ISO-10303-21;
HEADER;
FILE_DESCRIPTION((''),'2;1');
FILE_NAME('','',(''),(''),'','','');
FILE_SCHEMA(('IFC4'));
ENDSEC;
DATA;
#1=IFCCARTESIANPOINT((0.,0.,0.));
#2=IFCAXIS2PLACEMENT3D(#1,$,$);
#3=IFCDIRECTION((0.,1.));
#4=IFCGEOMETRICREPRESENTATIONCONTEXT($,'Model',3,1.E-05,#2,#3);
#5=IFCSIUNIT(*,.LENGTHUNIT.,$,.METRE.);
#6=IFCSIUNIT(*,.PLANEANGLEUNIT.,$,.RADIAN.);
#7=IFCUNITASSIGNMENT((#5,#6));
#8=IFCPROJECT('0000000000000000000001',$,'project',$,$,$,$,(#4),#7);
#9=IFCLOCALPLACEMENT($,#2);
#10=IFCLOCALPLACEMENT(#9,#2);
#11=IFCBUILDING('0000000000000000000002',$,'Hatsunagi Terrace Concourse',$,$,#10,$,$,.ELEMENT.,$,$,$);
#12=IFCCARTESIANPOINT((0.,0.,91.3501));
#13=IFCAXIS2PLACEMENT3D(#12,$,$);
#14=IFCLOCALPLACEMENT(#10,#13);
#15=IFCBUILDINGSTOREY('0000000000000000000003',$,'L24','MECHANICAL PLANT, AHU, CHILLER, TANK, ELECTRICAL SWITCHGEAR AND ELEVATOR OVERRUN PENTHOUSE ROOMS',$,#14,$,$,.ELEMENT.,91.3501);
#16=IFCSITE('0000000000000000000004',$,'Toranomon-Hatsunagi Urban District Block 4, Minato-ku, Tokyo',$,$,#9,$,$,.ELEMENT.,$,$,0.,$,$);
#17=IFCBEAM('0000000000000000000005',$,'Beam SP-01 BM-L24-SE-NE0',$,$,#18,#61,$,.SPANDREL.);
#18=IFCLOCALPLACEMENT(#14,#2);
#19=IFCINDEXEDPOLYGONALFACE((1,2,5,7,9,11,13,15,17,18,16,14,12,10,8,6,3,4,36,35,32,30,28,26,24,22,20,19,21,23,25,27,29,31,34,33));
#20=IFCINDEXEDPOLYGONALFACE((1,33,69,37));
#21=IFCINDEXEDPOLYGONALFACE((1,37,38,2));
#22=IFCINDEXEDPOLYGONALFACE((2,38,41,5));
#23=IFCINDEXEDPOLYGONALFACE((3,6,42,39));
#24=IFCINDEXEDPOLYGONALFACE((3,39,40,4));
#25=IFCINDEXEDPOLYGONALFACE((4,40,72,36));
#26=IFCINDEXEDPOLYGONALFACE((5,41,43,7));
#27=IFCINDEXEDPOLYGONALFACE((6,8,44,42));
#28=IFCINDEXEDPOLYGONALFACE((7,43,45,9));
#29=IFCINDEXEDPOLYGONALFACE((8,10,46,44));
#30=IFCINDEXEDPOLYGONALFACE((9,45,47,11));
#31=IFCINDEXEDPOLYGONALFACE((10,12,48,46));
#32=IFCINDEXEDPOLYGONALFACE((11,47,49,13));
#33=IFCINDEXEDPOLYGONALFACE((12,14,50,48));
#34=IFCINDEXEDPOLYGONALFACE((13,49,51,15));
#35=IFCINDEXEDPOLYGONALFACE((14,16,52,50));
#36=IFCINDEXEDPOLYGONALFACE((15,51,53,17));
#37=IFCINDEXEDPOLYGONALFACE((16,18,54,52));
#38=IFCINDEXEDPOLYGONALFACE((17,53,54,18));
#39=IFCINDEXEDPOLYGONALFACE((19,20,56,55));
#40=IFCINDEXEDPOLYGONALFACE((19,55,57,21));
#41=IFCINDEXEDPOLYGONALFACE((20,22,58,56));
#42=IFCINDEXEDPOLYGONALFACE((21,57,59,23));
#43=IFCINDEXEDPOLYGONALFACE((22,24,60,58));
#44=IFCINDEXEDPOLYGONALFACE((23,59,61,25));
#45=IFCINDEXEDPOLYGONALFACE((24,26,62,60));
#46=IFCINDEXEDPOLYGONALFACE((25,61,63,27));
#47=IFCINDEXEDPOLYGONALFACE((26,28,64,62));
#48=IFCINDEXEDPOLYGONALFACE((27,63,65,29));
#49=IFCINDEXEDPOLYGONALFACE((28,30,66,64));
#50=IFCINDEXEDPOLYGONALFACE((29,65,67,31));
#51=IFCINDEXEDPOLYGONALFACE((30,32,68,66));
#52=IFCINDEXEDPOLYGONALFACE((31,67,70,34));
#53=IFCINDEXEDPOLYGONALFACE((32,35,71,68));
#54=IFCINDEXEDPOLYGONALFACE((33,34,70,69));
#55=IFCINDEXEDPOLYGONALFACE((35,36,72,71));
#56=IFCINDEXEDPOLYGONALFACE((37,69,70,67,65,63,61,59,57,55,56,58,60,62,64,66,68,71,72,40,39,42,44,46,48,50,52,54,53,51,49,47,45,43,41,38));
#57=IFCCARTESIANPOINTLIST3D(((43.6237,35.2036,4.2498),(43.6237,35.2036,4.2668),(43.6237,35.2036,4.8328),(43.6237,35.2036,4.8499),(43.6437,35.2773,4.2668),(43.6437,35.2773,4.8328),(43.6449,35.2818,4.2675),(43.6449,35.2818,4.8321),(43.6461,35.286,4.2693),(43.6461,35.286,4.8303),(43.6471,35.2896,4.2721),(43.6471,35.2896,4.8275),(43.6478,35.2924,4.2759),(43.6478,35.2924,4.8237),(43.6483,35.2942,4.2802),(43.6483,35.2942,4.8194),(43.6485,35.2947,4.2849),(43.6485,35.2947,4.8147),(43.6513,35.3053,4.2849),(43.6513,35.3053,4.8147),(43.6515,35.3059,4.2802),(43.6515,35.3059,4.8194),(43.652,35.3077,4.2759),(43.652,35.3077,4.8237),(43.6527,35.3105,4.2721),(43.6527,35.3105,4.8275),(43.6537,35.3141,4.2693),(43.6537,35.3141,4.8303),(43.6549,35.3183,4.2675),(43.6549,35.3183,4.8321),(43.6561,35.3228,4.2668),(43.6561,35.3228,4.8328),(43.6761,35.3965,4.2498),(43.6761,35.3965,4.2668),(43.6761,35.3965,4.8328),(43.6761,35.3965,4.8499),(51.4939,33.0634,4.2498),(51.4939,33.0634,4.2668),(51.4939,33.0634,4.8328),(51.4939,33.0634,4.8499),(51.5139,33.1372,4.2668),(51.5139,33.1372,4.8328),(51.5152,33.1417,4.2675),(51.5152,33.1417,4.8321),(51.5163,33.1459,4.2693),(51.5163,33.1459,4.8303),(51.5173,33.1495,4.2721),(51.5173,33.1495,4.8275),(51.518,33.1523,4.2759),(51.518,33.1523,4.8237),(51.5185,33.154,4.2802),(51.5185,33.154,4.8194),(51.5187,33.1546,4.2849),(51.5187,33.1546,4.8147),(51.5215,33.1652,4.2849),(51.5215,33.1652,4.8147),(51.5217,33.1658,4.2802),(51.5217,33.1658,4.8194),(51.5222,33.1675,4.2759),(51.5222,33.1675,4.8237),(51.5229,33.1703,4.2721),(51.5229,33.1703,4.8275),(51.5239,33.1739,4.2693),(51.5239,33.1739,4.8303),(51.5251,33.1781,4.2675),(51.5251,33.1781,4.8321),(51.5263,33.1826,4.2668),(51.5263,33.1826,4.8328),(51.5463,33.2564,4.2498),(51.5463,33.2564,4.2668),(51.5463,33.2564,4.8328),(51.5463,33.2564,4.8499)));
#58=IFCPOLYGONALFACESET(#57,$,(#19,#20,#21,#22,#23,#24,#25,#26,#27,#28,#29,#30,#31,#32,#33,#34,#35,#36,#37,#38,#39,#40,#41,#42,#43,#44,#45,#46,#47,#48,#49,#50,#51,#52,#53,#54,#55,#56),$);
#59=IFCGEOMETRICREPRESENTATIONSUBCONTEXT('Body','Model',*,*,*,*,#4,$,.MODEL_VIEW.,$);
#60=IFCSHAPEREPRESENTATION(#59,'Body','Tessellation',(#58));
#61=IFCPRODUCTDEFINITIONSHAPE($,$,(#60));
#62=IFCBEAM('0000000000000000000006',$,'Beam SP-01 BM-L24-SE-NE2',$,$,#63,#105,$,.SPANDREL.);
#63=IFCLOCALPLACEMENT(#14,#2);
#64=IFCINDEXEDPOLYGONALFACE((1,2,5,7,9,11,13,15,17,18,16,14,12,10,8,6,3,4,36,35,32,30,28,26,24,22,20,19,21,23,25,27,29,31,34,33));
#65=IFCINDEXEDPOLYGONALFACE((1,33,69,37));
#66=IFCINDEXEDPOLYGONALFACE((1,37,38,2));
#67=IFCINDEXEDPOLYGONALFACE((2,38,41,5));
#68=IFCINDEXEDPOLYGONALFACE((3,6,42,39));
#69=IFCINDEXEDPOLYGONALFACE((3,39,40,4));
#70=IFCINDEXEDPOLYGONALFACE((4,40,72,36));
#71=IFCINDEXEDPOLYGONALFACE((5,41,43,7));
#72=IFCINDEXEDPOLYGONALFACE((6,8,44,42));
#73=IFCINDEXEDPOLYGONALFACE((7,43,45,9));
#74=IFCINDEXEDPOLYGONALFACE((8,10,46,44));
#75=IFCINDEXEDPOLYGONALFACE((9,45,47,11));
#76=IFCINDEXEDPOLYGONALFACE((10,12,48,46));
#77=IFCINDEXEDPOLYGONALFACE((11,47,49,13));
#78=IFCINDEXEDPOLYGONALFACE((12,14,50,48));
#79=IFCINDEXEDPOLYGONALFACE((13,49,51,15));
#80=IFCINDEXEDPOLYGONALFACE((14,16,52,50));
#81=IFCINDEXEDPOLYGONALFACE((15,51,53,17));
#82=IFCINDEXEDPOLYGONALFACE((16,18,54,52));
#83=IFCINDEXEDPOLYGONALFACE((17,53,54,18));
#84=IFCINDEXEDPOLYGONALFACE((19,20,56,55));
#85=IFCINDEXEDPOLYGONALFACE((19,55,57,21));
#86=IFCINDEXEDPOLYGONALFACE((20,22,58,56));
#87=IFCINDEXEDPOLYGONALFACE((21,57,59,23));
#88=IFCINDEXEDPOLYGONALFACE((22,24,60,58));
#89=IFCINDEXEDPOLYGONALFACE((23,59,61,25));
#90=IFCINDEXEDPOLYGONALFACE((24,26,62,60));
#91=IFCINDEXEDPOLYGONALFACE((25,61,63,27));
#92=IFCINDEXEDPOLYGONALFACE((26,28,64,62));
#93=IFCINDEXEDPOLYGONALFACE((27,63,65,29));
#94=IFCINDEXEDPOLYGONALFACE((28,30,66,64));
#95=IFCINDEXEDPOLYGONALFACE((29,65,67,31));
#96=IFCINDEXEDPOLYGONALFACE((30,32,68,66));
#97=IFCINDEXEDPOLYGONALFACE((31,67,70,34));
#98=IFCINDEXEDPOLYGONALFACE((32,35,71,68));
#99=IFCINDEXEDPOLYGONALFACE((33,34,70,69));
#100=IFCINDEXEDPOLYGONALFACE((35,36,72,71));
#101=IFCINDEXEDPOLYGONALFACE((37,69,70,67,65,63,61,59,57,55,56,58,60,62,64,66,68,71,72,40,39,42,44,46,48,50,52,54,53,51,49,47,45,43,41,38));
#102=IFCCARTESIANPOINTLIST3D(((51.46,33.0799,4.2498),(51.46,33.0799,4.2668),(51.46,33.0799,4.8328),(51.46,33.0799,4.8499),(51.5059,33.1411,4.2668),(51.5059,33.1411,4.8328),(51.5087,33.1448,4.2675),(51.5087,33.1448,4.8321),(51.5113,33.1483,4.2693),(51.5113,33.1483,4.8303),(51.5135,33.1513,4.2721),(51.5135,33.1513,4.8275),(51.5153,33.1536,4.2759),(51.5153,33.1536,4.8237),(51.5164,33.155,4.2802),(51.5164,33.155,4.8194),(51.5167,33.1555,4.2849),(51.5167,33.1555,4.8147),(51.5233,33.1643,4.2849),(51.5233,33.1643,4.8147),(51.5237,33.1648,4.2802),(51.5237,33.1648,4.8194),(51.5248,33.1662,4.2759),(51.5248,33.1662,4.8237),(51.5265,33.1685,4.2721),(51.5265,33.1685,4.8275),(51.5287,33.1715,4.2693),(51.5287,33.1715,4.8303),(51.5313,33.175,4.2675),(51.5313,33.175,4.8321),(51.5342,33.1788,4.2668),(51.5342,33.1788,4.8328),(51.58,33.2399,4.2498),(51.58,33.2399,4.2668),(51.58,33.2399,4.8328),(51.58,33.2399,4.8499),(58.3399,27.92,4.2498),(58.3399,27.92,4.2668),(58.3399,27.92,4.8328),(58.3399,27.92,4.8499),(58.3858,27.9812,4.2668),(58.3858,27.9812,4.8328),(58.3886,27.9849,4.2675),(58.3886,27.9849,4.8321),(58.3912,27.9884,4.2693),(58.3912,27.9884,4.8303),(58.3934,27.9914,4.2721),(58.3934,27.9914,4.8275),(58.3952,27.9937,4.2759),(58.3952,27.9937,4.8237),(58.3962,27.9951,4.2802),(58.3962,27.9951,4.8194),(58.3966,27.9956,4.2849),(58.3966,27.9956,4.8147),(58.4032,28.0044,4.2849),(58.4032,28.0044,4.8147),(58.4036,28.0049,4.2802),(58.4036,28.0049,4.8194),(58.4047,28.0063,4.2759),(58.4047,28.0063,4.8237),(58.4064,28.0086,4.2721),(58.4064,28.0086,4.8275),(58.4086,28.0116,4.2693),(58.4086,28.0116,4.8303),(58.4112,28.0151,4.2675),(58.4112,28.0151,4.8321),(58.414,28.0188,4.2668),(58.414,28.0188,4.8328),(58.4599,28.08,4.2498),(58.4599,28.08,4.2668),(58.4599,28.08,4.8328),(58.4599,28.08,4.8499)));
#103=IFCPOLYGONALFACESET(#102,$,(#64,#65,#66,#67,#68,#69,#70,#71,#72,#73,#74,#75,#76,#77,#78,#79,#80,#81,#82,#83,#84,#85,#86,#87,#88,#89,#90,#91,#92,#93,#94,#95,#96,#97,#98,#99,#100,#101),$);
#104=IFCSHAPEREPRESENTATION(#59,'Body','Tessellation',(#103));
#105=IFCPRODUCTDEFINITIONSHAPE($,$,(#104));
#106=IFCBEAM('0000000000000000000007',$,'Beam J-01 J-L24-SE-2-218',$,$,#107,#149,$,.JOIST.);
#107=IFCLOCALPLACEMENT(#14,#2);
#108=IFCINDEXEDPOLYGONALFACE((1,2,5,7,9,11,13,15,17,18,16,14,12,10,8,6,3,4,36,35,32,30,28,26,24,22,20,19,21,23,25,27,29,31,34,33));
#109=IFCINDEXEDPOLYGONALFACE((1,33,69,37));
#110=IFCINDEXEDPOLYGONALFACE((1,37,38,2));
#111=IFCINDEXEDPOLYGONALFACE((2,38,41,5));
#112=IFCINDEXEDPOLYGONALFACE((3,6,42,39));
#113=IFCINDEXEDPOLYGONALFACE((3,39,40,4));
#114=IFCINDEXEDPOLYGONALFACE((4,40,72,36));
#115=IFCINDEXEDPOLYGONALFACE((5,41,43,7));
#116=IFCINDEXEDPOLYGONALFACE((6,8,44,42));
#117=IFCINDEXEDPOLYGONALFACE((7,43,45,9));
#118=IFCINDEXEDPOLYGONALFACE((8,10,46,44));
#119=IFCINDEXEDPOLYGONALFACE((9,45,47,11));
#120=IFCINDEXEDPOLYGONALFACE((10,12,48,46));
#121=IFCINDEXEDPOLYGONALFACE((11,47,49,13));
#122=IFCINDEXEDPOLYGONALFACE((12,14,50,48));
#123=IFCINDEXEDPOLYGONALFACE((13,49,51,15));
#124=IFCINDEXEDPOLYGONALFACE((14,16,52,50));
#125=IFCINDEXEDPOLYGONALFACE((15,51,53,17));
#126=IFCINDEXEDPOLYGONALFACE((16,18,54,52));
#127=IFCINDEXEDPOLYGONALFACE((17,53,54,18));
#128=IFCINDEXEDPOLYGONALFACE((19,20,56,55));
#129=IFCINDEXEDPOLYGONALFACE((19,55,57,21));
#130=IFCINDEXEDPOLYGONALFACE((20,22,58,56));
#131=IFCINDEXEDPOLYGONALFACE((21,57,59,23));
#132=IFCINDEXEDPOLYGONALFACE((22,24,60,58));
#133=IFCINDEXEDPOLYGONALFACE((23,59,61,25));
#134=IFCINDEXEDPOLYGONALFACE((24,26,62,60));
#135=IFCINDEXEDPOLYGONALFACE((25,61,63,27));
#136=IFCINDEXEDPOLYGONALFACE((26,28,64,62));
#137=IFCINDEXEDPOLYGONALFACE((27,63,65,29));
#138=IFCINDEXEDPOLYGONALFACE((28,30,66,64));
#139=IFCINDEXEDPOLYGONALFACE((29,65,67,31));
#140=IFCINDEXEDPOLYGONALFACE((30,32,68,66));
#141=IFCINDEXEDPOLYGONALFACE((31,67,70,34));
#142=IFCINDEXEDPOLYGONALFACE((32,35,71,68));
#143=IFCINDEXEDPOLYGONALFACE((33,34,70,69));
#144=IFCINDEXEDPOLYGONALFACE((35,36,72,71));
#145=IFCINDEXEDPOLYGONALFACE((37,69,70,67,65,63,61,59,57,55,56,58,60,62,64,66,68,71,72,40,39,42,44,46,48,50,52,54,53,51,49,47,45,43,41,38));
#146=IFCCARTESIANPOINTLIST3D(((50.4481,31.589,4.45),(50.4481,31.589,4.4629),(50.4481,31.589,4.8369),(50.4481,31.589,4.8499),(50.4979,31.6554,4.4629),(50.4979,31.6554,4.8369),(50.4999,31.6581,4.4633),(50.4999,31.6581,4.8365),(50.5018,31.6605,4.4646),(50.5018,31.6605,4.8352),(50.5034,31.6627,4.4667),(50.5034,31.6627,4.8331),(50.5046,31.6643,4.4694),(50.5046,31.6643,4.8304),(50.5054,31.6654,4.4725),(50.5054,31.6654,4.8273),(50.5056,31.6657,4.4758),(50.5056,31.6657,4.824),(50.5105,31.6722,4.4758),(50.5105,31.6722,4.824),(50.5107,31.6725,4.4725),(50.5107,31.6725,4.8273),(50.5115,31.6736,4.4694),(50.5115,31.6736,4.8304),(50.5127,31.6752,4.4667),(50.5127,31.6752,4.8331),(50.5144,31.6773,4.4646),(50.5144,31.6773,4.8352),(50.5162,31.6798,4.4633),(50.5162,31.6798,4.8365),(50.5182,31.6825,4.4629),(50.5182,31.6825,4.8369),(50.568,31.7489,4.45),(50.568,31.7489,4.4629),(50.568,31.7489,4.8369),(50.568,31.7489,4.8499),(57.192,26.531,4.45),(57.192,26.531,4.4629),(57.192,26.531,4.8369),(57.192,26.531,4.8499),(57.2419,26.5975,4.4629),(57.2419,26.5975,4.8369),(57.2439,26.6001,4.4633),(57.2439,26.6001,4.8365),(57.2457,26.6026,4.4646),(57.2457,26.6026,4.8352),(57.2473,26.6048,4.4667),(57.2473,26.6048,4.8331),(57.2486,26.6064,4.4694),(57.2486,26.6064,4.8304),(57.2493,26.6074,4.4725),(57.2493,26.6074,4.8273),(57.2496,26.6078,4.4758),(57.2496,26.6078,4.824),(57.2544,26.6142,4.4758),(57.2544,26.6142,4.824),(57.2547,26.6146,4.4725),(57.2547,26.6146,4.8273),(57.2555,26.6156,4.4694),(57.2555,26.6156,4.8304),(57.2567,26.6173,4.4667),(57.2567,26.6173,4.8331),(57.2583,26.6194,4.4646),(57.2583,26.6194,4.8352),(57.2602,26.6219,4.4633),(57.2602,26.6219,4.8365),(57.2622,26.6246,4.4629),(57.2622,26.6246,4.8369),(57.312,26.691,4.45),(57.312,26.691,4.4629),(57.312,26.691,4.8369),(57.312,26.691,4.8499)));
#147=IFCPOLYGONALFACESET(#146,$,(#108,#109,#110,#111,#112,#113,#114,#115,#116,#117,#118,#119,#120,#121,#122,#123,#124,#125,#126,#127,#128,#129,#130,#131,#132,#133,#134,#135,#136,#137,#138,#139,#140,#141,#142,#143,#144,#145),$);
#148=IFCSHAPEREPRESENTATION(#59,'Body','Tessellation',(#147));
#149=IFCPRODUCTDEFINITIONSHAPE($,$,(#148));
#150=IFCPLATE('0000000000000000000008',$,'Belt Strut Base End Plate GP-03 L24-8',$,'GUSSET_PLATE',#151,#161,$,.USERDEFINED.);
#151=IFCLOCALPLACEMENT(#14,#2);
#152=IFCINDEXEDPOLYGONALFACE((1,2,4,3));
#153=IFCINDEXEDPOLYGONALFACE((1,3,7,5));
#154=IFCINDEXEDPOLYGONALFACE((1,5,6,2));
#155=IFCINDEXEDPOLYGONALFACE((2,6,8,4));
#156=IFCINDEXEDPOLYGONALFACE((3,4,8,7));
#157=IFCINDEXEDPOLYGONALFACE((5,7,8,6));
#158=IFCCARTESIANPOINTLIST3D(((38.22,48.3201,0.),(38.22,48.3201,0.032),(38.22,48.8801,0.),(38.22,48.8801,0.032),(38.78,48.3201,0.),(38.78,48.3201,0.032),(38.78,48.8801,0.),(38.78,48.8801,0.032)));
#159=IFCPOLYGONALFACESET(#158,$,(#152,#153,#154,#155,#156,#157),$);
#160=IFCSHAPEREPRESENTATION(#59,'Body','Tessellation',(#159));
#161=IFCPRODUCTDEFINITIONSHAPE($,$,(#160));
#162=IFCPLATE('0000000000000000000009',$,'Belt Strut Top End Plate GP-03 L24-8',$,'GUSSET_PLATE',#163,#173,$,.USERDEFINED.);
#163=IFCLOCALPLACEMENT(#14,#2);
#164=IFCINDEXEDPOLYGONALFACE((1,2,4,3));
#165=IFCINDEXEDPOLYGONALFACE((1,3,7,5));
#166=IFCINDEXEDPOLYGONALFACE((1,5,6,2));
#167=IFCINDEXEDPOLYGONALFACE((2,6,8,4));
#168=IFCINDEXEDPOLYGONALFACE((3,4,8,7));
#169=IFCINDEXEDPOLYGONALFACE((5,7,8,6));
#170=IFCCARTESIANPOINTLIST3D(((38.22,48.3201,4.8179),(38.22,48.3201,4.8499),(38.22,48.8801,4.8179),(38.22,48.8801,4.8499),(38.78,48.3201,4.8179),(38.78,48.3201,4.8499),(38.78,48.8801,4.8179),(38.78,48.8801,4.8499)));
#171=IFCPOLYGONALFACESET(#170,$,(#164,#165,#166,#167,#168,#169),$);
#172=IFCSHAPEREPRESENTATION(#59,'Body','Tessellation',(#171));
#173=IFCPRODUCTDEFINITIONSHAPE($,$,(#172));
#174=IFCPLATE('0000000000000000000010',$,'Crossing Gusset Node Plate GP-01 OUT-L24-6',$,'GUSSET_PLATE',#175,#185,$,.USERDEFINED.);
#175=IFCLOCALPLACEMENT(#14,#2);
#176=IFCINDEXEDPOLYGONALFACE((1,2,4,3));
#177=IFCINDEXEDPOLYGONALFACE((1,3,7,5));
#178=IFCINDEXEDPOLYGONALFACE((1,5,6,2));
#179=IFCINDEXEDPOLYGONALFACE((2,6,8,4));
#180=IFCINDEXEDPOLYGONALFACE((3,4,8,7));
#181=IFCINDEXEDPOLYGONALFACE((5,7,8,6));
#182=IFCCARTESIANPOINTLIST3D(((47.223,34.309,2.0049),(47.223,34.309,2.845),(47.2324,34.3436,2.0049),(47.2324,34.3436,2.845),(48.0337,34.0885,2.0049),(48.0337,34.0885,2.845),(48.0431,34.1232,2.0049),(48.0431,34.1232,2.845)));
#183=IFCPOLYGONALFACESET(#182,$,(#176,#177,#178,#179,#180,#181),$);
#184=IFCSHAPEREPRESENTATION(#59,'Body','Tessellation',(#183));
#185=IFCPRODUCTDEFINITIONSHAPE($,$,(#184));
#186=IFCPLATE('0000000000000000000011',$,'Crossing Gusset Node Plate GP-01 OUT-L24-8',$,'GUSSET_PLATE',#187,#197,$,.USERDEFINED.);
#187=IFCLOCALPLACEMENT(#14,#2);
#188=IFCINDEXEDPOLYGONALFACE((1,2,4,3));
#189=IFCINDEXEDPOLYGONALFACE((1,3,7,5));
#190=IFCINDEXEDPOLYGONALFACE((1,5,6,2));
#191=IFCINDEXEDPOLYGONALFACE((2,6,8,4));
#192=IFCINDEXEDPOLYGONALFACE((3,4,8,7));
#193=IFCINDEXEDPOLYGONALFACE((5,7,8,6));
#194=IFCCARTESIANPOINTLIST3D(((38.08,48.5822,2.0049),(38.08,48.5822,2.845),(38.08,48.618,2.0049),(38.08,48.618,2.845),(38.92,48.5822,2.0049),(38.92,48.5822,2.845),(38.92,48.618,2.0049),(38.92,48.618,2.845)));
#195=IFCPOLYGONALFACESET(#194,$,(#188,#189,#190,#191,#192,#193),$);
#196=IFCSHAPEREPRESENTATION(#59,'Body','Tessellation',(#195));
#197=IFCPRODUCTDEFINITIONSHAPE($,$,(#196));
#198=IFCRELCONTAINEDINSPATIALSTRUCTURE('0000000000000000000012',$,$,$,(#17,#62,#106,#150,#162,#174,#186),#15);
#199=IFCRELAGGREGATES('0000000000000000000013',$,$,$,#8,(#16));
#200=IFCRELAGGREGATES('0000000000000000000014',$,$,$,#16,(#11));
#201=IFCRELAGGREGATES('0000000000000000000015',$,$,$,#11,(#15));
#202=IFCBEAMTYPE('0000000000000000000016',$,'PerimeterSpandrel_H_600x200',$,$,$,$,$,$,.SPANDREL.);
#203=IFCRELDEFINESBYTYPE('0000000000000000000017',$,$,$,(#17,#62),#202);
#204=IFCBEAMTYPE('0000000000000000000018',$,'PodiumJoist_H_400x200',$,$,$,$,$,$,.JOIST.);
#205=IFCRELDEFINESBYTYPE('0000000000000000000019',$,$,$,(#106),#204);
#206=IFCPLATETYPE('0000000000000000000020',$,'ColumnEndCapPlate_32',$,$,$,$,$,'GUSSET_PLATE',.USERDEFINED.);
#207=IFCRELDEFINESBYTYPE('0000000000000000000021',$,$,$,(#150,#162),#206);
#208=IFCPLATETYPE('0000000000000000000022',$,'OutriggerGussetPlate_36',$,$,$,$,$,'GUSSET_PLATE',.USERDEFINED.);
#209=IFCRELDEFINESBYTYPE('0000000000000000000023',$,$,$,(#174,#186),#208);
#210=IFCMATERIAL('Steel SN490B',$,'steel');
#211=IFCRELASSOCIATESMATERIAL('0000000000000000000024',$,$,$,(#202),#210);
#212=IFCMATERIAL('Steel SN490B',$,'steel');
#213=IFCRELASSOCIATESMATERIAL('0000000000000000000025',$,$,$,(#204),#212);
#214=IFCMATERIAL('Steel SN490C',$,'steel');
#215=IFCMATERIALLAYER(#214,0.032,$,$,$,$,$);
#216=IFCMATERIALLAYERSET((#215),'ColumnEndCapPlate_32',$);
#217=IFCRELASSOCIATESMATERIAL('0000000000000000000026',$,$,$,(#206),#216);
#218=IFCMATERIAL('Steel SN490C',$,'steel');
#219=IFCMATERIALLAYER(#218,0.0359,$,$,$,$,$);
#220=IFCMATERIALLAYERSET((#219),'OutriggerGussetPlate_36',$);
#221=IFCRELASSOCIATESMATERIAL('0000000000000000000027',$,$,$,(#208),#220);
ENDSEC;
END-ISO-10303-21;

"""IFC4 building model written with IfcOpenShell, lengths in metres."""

from ifc_helpers import new_model, si_unit, direction, frame, origin, origin_2d, place, context, subcontext, project, spatial, rectangle, i_section, extrude, material, layer, layer_set, material_profile, profile_set, type_object, element, save


model = new_model("IFC4")

# Units and contexts
model_context = context("Model", 3, precision=1e-05, world=origin(), true_north=direction((0.0, 1.0)))
body_context = subcontext(model_context, "Body", "Model", "MODEL_VIEW")
ifc_project = project(units=[si_unit("LENGTHUNIT", "METRE"), si_unit("PLANEANGLEUNIT", "RADIAN")], contexts=[model_context])

# Site, building, storey
site_placement = place(None, origin())
site = spatial("IfcSite", under=ifc_project, at=site_placement, Name="Toranomon-Hatsunagi Urban District Block 4, Minato-ku, Tokyo", CompositionType="ELEMENT", RefElevation=0.0)
building_placement = place(site_placement, origin())
building = spatial("IfcBuilding", under=site, at=building_placement, Name="Hatsunagi Terrace Concourse", CompositionType="ELEMENT")
storey_placement = place(building_placement, frame((0.0, 0.0, 91.3501)))
storey = spatial("IfcBuildingStorey", under=building, at=storey_placement, Name="L24", Description="MECHANICAL PLANT, AHU, CHILLER, TANK, ELECTRICAL SWITCHGEAR AND ELEVATOR OVERRUN PENTHOUSE ROOMS", CompositionType="ELEMENT", Elevation=91.3501)

# Beams
ifc_material_1 = material(Name="Steel SN490B", Category="steel")
ifc_material_profile_1 = material_profile(ifc_material_1, i_section(OverallWidth=0.2, OverallDepth=0.6001, WebThickness=0.011, FlangeThickness=0.0171, FilletRadius=0.0181, at=origin_2d()), Name="H-600x200x11x17")
ifc_profile_set_1 = profile_set([ifc_material_profile_1], Name="Steel SN490B")
beam_type_1 = type_object("IfcBeamType", Name="PerimeterSpandrel_H_600x200", PredefinedType="SPANDREL", material=ifc_profile_set_1)
beam_1_placement = place(storey_placement, frame((43.6499, 35.3, 4.5498), z_axis=(0.964958, -0.262403, 0.0), x_axis=(0.262403, 0.964958, 0.0)))
element("IfcBeam", 1, at=beam_1_placement, inside=storey, type_object=beam_type_1, Name="Beam SP-01 BM-L24-SE-NE0", PredefinedType="SPANDREL", context=body_context, shape_type="SweptSolid", body=[
    extrude(i_section(OverallWidth=0.2, OverallDepth=0.6001, WebThickness=0.011, FlangeThickness=0.0171, FilletRadius=0.0181, at=origin_2d()), origin(), (0.0, 0.0, 1.0), 8.156),
])
beam_2_placement = place(storey_placement, frame((51.52, 33.1599, 4.5498), z_axis=(0.8, -0.6, 0.0), x_axis=(0.6, 0.8, 0.0)))
element("IfcBeam", 2, at=beam_2_placement, inside=storey, type_object=beam_type_1, Name="Beam SP-01 BM-L24-SE-NE2", PredefinedType="SPANDREL", context=body_context, shape_type="SweptSolid", body=[
    extrude(i_section(OverallWidth=0.2, OverallDepth=0.6001, WebThickness=0.011, FlangeThickness=0.0171, FilletRadius=0.0181, at=origin_2d()), origin(), (0.0, 0.0, 1.0), 8.5999),
])
ifc_material_2 = material(Name="Steel SN490B", Category="steel")
ifc_material_profile_2 = material_profile(ifc_material_2, i_section(OverallWidth=0.2, OverallDepth=0.3999, WebThickness=0.0081, FlangeThickness=0.0129, FilletRadius=0.0129, at=origin_2d()), Name="H-400x200x8x13")
ifc_profile_set_2 = profile_set([ifc_material_profile_2], Name="Steel SN490B")
beam_type_2 = type_object("IfcBeamType", Name="PodiumJoist_H_400x200", PredefinedType="JOIST", material=ifc_profile_set_2)
beam_3_placement = place(storey_placement, frame((50.5081, 31.6689, 4.6499), z_axis=(0.800003, -0.599995, 0.0), x_axis=(0.599995, 0.800003, 0.0)))
element("IfcBeam", 3, at=beam_3_placement, inside=storey, type_object=beam_type_2, Name="Beam J-01 J-L24-SE-2-218", PredefinedType="JOIST", context=body_context, shape_type="SweptSolid", body=[
    extrude(i_section(OverallWidth=0.2, OverallDepth=0.3999, WebThickness=0.0081, FlangeThickness=0.0129, FilletRadius=0.0129, at=origin_2d()), origin(), (0.0, 0.0, 1.0), 8.4299),
])

# Plates
ifc_material_3 = material(Name="Steel SN490C", Category="steel")
ifc_layer_1 = layer(ifc_material_3, 0.032)
ifc_layer_set_1 = layer_set([ifc_layer_1], Name="ColumnEndCapPlate_32")
plate_type_1 = type_object("IfcPlateType", Name="ColumnEndCapPlate_32", ElementType="GUSSET_PLATE", PredefinedType="USERDEFINED", material=ifc_layer_set_1)
for number, where, z_axis, x_axis, name in (
    (4, (38.5, 48.6001, 0.0), (0.0, 0.0, 1.0), (1.0, 0.0, 0.0), "Belt Strut Base End Plate GP-03 L24-8"),
    (5, (38.5, 48.6001, 4.8179), (0.0, 0.0, 1.0), (1.0, 0.0, 0.0), "Belt Strut Top End Plate GP-03 L24-8"),
):
    element("IfcPlate", number, at=place(storey_placement, frame(where, z_axis=z_axis, x_axis=x_axis)), inside=storey, type_object=plate_type_1, Name=name, ObjectType="GUSSET_PLATE", PredefinedType="USERDEFINED", context=body_context, shape_type="SweptSolid", body=[
        extrude(rectangle(XDim=0.5601, YDim=0.5601, at=origin_2d()), origin(), (0.0, 0.0, 1.0), 0.032),
    ])
ifc_material_4 = material(Name="Steel SN490C", Category="steel")
ifc_layer_2 = layer(ifc_material_4, 0.0359)
ifc_layer_set_2 = layer_set([ifc_layer_2], Name="OutriggerGussetPlate_36")
plate_type_2 = type_object("IfcPlateType", Name="OutriggerGussetPlate_36", ElementType="GUSSET_PLATE", PredefinedType="USERDEFINED", material=ifc_layer_set_2)
for number, where, z_axis, x_axis, name in (
    (6, (47.6331, 34.2161, 2.0049), (0.0, 0.0, 1.0), (0.964962, -0.262391, 0.0), "Crossing Gusset Node Plate GP-01 OUT-L24-6"),
    (7, (38.5, 48.6001, 2.0049), (0.0, 0.0, 1.0), (1.0, 0.0, 0.0), "Crossing Gusset Node Plate GP-01 OUT-L24-8"),
):
    element("IfcPlate", number, at=place(storey_placement, frame(where, z_axis=z_axis, x_axis=x_axis)), inside=storey, type_object=plate_type_2, Name=name, ObjectType="GUSSET_PLATE", PredefinedType="USERDEFINED", context=body_context, shape_type="SweptSolid", body=[
        extrude(rectangle(XDim=0.8401, YDim=0.0359, at=origin_2d()), origin(), (0.0, 0.0, 1.0), 0.8401),
    ])

save(model, "model.ifc")
